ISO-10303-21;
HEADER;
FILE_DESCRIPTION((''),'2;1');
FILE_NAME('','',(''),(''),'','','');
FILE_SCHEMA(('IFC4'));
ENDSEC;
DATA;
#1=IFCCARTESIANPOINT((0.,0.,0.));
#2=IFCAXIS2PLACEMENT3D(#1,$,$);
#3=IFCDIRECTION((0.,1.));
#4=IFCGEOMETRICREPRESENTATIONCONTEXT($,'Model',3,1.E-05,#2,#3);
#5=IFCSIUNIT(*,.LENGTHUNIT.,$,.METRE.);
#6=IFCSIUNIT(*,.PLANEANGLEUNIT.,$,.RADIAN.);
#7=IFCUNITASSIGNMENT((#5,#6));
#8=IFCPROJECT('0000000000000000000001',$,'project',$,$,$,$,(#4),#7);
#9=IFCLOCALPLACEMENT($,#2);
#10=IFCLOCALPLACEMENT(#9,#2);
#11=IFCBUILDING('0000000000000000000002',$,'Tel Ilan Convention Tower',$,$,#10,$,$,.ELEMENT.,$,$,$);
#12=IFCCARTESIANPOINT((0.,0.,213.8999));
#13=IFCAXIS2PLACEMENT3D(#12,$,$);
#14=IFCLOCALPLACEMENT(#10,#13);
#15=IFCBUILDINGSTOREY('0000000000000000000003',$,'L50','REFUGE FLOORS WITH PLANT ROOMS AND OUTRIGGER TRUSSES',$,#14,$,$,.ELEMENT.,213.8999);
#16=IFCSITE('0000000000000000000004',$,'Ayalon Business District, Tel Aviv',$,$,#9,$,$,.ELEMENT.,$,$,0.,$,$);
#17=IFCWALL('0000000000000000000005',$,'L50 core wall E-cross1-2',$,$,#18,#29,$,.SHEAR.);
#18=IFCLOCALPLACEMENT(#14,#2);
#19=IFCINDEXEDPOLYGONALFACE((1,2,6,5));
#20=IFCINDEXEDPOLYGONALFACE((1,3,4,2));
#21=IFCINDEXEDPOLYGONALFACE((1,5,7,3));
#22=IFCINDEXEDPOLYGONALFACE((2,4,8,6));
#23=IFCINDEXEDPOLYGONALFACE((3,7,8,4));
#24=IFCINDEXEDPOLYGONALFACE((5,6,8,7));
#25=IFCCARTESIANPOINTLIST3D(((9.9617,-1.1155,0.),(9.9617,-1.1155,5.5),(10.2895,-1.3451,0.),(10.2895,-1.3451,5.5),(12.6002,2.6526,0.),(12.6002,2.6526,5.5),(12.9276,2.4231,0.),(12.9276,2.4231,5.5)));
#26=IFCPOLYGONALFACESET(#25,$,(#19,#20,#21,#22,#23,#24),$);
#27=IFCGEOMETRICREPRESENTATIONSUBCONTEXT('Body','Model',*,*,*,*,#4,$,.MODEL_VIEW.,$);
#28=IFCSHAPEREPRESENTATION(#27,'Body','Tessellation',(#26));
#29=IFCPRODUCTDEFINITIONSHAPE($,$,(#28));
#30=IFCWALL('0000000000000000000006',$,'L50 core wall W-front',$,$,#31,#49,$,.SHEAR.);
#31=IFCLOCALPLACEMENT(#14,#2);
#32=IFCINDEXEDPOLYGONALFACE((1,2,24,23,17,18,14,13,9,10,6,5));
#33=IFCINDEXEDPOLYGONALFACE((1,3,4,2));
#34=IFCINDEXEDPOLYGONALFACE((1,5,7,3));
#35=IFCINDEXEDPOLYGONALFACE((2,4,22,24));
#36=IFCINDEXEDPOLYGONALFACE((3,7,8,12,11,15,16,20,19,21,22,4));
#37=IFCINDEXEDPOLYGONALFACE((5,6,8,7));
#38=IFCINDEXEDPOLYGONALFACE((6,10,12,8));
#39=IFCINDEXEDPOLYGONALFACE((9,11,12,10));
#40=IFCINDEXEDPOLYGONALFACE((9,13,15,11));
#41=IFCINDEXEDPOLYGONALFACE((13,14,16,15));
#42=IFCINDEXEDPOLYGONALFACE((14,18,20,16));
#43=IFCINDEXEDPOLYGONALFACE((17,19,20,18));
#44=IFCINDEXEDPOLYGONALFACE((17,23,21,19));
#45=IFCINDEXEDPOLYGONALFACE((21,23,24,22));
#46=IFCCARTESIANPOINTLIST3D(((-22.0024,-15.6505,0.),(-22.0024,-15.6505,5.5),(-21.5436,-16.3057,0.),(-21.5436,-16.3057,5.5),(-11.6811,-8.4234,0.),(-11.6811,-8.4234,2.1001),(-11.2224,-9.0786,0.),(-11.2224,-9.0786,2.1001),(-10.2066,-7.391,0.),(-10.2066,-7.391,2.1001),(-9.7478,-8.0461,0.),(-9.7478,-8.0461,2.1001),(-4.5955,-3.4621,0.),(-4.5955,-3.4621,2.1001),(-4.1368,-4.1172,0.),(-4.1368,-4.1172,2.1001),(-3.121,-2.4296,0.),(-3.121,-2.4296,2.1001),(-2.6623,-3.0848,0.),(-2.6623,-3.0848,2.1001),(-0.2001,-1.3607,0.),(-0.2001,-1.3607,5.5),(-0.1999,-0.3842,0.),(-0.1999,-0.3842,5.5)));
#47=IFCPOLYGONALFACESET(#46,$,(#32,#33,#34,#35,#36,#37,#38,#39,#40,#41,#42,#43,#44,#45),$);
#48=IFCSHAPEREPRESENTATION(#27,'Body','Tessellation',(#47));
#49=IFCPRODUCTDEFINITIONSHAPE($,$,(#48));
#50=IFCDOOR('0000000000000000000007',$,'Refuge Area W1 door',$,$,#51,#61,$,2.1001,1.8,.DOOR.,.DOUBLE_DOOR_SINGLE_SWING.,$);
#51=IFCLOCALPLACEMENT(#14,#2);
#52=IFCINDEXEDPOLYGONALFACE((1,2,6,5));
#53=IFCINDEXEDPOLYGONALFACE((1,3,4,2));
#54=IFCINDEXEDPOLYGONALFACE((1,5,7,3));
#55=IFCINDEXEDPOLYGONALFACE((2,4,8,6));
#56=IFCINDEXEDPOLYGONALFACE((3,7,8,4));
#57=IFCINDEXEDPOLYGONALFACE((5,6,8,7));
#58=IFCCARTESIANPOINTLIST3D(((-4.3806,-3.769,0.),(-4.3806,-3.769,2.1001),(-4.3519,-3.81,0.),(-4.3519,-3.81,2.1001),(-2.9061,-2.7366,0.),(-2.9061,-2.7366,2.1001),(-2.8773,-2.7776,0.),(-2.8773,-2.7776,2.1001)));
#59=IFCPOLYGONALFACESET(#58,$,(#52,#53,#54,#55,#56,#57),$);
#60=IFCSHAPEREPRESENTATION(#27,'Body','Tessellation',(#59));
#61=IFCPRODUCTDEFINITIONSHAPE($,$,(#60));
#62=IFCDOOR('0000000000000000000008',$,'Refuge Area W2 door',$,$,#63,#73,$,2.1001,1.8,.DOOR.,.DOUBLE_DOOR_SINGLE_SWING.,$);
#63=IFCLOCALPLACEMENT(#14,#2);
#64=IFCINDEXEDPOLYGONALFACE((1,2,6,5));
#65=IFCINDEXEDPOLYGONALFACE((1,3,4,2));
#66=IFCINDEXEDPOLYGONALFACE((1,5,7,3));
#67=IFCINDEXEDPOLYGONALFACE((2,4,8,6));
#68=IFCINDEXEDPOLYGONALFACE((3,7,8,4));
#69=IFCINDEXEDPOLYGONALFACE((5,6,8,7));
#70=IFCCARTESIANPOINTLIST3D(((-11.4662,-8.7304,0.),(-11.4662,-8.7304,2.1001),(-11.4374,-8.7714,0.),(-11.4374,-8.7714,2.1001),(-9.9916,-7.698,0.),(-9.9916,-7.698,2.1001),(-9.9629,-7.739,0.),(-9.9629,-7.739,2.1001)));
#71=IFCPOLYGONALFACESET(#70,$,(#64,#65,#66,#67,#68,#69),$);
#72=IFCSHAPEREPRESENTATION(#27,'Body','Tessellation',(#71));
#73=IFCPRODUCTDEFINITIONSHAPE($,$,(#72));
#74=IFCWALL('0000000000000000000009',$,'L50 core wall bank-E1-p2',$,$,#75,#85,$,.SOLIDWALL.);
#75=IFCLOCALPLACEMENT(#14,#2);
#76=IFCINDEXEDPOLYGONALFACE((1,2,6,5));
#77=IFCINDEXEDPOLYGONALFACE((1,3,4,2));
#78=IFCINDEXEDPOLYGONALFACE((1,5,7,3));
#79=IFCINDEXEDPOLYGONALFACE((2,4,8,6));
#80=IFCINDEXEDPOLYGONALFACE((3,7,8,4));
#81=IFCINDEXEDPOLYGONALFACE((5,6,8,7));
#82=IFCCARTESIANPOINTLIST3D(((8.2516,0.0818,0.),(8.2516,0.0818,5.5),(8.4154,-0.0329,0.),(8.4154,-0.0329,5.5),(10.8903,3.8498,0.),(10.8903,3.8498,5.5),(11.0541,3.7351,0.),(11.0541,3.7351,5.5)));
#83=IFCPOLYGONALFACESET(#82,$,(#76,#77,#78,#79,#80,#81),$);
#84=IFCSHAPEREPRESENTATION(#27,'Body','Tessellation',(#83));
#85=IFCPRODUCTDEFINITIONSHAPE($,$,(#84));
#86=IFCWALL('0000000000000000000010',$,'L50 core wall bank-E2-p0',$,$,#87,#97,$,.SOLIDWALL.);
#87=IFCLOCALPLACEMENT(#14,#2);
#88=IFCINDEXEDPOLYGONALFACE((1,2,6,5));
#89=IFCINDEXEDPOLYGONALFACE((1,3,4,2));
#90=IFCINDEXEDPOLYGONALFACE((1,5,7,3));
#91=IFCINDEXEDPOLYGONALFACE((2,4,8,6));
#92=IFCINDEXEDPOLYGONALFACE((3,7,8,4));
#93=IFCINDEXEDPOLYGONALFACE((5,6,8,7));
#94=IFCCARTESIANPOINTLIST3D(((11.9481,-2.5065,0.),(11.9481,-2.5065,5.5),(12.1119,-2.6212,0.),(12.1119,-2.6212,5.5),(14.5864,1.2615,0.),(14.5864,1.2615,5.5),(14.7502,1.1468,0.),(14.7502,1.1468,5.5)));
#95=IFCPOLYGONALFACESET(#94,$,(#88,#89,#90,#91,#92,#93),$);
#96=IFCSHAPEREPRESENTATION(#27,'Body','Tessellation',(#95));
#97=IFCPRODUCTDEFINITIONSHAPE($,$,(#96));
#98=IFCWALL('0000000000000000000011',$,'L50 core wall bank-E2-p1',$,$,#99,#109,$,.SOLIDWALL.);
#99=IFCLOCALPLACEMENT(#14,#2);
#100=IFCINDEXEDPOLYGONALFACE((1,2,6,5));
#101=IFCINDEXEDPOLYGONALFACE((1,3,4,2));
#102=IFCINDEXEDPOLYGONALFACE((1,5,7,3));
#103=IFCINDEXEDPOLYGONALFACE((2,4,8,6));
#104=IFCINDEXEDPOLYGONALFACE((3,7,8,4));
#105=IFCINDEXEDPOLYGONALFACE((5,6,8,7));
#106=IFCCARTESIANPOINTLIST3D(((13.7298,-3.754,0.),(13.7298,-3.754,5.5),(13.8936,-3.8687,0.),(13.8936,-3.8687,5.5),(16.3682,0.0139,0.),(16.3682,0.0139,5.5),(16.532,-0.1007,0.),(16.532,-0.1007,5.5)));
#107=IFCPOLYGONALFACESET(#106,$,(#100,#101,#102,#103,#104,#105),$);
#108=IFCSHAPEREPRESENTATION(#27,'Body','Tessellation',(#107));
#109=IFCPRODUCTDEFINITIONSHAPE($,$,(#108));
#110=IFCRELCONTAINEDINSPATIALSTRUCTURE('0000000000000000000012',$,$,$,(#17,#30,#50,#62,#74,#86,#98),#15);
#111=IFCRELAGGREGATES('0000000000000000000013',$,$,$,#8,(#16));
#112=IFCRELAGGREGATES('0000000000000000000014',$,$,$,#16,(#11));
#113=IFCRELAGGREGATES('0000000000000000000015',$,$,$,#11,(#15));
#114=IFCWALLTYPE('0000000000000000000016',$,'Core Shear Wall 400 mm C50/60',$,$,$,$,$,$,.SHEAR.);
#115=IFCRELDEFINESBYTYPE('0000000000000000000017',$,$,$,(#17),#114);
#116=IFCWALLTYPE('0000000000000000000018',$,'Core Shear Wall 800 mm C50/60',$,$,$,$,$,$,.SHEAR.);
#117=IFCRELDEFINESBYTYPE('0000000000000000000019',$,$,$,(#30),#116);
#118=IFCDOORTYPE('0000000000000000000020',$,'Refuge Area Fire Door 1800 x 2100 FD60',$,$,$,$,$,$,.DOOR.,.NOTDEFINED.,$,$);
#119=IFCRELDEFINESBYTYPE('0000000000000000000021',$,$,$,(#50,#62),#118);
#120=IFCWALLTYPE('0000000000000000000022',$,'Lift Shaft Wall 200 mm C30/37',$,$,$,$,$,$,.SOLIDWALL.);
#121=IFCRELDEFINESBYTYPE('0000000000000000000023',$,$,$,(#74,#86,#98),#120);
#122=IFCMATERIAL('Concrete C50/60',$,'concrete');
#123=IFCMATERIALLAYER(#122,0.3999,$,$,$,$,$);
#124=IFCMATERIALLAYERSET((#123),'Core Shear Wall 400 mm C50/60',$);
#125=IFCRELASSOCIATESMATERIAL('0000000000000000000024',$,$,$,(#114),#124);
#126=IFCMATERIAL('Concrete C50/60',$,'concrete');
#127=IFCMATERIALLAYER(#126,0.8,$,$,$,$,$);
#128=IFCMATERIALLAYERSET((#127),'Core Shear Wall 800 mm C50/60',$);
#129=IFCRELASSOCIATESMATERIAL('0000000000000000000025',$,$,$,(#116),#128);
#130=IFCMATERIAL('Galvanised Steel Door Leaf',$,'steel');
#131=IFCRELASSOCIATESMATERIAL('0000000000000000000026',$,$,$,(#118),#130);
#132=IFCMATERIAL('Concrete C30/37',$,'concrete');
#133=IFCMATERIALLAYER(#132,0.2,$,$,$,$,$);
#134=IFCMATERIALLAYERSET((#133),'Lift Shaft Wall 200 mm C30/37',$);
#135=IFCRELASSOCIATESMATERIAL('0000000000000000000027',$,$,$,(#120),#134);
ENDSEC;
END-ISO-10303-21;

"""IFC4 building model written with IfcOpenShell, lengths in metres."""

from ifc_helpers import new_model, si_unit, direction, frame, frame_2d, origin, place, context, subcontext, project, spatial, polyline, rectangle, outline, extrude, material, layer, layer_set, type_object, element, fill, save


model = new_model("IFC4")

# Units and contexts
model_context = context("Model", 3, precision=1e-05, world=origin(), true_north=direction((0.0, 1.0)))
body_context = subcontext(model_context, "Body", "Model", "MODEL_VIEW")
ifc_project = project(units=[si_unit("LENGTHUNIT", "METRE"), si_unit("PLANEANGLEUNIT", "RADIAN")], contexts=[model_context])

# Site, building, storey
site_placement = place(None, origin())
site = spatial("IfcSite", under=ifc_project, at=site_placement, Name="Ayalon Business District, Tel Aviv", CompositionType="ELEMENT", RefElevation=0.0)
building_placement = place(site_placement, origin())
building = spatial("IfcBuilding", under=site, at=building_placement, Name="Tel Ilan Convention Tower", CompositionType="ELEMENT")
storey_placement = place(building_placement, frame((0.0, 0.0, 213.8999)))
storey = spatial("IfcBuildingStorey", under=building, at=storey_placement, Name="L50", Description="REFUGE FLOORS WITH PLANT ROOMS AND OUTRIGGER TRUSSES", CompositionType="ELEMENT", Elevation=213.8999)

# Wall
ifc_material_1 = material(Name="Concrete C50/60", Category="concrete")
ifc_layer_1 = layer(ifc_material_1, 0.3999)
ifc_layer_set_1 = layer_set([ifc_layer_1], Name="Core Shear Wall 400 mm C50/60")
wall_type_1 = type_object("IfcWallType", Name="Core Shear Wall 400 mm C50/60", PredefinedType="SHEAR", material=ifc_layer_set_1)
wall_1_placement = place(storey_placement, frame((10.1255, -1.2302, 0.0), z_axis=(0.0, 0.0, 1.0), x_axis=(0.573576, 0.819152, 0.0)))
element("IfcWall", 1, at=wall_1_placement, inside=storey, type_object=wall_type_1, Name="L50 core wall E-cross1-2", PredefinedType="SHEAR", context=body_context, shape_type="SweptSolid", body=[
    extrude(outline(polyline([(4.5999, -0.2), (4.6001, 0.2), (0.0, 0.2), (0.0, -0.2002), (4.5999, -0.2)])), origin(), (0.0, 0.0, 1.0), 5.5),
])

# Wall, openings, doors
ifc_material_2 = material(Name="Concrete C50/60", Category="concrete")
ifc_layer_2 = layer(ifc_material_2, 0.8)
ifc_layer_set_2 = layer_set([ifc_layer_2], Name="Core Shear Wall 800 mm C50/60")
wall_type_2 = type_object("IfcWallType", Name="Core Shear Wall 800 mm C50/60", PredefinedType="SHEAR", material=ifc_layer_set_2)
wall_2_placement = place(storey_placement, frame((0.0293, -0.7119, 0.0), z_axis=(0.0, 0.0, 1.0), x_axis=(-0.819152, -0.573577, 0.0)))
wall_2 = element("IfcWall", 2, at=wall_2_placement, inside=storey, type_object=wall_type_2, Name="L50 core wall W-front", PredefinedType="SHEAR", context=body_context, shape_type="SweptSolid", body=[
    extrude(outline(polyline([(26.6157, 0.3999), (0.5601, 0.3999), (-0.0002, -0.3999), (26.6157, -0.3999), (26.6157, 0.3999)])), origin(), (0.0, 0.0, 1.0), 5.5),
])
opening_1_placement = place(wall_2_placement, frame((3.5659, 0.0, 0.0)))
opening_1 = element("IfcOpeningElement", 3, at=opening_1_placement, cuts=wall_2, PredefinedType="OPENING", context=body_context, shape_type="SweptSolid", body=[
    extrude(rectangle(XDim=1.8, YDim=2.1001, at=frame_2d((0.8999, 1.05))), frame((0.0, 0.4099, 0.0), z_axis=(0.0, -1.0, 0.0), x_axis=(1.0, 0.0, 0.0)), (0.0, 0.0, 1.0), 0.8201),
])
opening_2_placement = place(wall_2_placement, frame((12.2158, 0.0, 0.0)))
opening_2 = element("IfcOpeningElement", 4, at=opening_2_placement, cuts=wall_2, PredefinedType="OPENING", context=body_context, shape_type="SweptSolid", body=[
    extrude(rectangle(XDim=1.8, YDim=2.1001, at=frame_2d((0.8999, 1.05))), frame((0.0, 0.4099, 0.0), z_axis=(0.0, -1.0, 0.0), x_axis=(1.0, 0.0, 0.0)), (0.0, 0.0, 1.0), 0.8201),
])
ifc_material_3 = material(Name="Galvanised Steel Door Leaf", Category="steel")
door_type_1 = type_object("IfcDoorType", Name="Refuge Area Fire Door 1800 x 2100 FD60", OperationType="NOTDEFINED", PredefinedType="DOOR", material=ifc_material_3)
door_1_placement = place(opening_1_placement, origin())
door_1 = element("IfcDoor", 5, at=door_1_placement, inside=storey, type_object=door_type_1, Name="Refuge Area W1 door", OperationType="DOUBLE_DOOR_SINGLE_SWING", OverallHeight=2.1001, OverallWidth=1.8, PredefinedType="DOOR", context=body_context, shape_type="SweptSolid", body=[
    extrude(rectangle(XDim=1.8, YDim=2.1001, at=frame_2d((0.8999, 1.05))), frame((0.0, 0.0249, 0.0), z_axis=(0.0, -1.0, 0.0), x_axis=(1.0, 0.0, 0.0)), (0.0, 0.0, 1.0), 0.05),
])
fill(opening_1, door_1)
door_2_placement = place(opening_2_placement, origin())
door_2 = element("IfcDoor", 6, at=door_2_placement, inside=storey, type_object=door_type_1, Name="Refuge Area W2 door", OperationType="DOUBLE_DOOR_SINGLE_SWING", OverallHeight=2.1001, OverallWidth=1.8, PredefinedType="DOOR", context=body_context, shape_type="SweptSolid", body=[
    extrude(rectangle(XDim=1.8, YDim=2.1001, at=frame_2d((0.8999, 1.05))), frame((0.0, 0.0249, 0.0), z_axis=(0.0, -1.0, 0.0), x_axis=(1.0, 0.0, 0.0)), (0.0, 0.0, 1.0), 0.05),
])
fill(opening_2, door_2)

# Walls
ifc_material_4 = material(Name="Concrete C30/37", Category="concrete")
ifc_layer_3 = layer(ifc_material_4, 0.2)
ifc_layer_set_3 = layer_set([ifc_layer_3], Name="Lift Shaft Wall 200 mm C30/37")
wall_type_3 = type_object("IfcWallType", Name="Lift Shaft Wall 200 mm C30/37", PredefinedType="SOLIDWALL", material=ifc_layer_set_3)
wall_3_placement = place(storey_placement, frame((8.3335, 0.0244, 0.0), z_axis=(0.0, 0.0, 1.0), x_axis=(0.573612, 0.819127, 0.0)))
element("IfcWall", 7, at=wall_3_placement, inside=storey, type_object=wall_type_3, Name="L50 core wall bank-E1-p2", PredefinedType="SOLIDWALL", context=body_context, shape_type="SweptSolid", body=[
    extrude(rectangle(XDim=4.6001, YDim=0.2, at=frame_2d((2.3, 0.0))), origin(), (0.0, 0.0, 1.0), 5.5),
])
for number, where, z_axis, x_axis, name in (
    (8, (12.03, -2.5637, 0.0), (0.0, 0.0, 1.0), (0.573576, 0.819152, 0.0), "L50 core wall bank-E2-p0"),
    (9, (13.8118, -3.8113, 0.0), (0.0, 0.0, 1.0), (0.573576, 0.819152, 0.0), "L50 core wall bank-E2-p1"),
):
    element("IfcWall", number, at=place(storey_placement, frame(where, z_axis=z_axis, x_axis=x_axis)), inside=storey, type_object=wall_type_3, Name=name, PredefinedType="SOLIDWALL", context=body_context, shape_type="SweptSolid", body=[
        extrude(rectangle(XDim=4.5999, YDim=0.2, at=frame_2d((2.2998, 0.0))), origin(), (0.0, 0.0, 1.0), 5.5),
    ])

save(model, "model.ifc")
